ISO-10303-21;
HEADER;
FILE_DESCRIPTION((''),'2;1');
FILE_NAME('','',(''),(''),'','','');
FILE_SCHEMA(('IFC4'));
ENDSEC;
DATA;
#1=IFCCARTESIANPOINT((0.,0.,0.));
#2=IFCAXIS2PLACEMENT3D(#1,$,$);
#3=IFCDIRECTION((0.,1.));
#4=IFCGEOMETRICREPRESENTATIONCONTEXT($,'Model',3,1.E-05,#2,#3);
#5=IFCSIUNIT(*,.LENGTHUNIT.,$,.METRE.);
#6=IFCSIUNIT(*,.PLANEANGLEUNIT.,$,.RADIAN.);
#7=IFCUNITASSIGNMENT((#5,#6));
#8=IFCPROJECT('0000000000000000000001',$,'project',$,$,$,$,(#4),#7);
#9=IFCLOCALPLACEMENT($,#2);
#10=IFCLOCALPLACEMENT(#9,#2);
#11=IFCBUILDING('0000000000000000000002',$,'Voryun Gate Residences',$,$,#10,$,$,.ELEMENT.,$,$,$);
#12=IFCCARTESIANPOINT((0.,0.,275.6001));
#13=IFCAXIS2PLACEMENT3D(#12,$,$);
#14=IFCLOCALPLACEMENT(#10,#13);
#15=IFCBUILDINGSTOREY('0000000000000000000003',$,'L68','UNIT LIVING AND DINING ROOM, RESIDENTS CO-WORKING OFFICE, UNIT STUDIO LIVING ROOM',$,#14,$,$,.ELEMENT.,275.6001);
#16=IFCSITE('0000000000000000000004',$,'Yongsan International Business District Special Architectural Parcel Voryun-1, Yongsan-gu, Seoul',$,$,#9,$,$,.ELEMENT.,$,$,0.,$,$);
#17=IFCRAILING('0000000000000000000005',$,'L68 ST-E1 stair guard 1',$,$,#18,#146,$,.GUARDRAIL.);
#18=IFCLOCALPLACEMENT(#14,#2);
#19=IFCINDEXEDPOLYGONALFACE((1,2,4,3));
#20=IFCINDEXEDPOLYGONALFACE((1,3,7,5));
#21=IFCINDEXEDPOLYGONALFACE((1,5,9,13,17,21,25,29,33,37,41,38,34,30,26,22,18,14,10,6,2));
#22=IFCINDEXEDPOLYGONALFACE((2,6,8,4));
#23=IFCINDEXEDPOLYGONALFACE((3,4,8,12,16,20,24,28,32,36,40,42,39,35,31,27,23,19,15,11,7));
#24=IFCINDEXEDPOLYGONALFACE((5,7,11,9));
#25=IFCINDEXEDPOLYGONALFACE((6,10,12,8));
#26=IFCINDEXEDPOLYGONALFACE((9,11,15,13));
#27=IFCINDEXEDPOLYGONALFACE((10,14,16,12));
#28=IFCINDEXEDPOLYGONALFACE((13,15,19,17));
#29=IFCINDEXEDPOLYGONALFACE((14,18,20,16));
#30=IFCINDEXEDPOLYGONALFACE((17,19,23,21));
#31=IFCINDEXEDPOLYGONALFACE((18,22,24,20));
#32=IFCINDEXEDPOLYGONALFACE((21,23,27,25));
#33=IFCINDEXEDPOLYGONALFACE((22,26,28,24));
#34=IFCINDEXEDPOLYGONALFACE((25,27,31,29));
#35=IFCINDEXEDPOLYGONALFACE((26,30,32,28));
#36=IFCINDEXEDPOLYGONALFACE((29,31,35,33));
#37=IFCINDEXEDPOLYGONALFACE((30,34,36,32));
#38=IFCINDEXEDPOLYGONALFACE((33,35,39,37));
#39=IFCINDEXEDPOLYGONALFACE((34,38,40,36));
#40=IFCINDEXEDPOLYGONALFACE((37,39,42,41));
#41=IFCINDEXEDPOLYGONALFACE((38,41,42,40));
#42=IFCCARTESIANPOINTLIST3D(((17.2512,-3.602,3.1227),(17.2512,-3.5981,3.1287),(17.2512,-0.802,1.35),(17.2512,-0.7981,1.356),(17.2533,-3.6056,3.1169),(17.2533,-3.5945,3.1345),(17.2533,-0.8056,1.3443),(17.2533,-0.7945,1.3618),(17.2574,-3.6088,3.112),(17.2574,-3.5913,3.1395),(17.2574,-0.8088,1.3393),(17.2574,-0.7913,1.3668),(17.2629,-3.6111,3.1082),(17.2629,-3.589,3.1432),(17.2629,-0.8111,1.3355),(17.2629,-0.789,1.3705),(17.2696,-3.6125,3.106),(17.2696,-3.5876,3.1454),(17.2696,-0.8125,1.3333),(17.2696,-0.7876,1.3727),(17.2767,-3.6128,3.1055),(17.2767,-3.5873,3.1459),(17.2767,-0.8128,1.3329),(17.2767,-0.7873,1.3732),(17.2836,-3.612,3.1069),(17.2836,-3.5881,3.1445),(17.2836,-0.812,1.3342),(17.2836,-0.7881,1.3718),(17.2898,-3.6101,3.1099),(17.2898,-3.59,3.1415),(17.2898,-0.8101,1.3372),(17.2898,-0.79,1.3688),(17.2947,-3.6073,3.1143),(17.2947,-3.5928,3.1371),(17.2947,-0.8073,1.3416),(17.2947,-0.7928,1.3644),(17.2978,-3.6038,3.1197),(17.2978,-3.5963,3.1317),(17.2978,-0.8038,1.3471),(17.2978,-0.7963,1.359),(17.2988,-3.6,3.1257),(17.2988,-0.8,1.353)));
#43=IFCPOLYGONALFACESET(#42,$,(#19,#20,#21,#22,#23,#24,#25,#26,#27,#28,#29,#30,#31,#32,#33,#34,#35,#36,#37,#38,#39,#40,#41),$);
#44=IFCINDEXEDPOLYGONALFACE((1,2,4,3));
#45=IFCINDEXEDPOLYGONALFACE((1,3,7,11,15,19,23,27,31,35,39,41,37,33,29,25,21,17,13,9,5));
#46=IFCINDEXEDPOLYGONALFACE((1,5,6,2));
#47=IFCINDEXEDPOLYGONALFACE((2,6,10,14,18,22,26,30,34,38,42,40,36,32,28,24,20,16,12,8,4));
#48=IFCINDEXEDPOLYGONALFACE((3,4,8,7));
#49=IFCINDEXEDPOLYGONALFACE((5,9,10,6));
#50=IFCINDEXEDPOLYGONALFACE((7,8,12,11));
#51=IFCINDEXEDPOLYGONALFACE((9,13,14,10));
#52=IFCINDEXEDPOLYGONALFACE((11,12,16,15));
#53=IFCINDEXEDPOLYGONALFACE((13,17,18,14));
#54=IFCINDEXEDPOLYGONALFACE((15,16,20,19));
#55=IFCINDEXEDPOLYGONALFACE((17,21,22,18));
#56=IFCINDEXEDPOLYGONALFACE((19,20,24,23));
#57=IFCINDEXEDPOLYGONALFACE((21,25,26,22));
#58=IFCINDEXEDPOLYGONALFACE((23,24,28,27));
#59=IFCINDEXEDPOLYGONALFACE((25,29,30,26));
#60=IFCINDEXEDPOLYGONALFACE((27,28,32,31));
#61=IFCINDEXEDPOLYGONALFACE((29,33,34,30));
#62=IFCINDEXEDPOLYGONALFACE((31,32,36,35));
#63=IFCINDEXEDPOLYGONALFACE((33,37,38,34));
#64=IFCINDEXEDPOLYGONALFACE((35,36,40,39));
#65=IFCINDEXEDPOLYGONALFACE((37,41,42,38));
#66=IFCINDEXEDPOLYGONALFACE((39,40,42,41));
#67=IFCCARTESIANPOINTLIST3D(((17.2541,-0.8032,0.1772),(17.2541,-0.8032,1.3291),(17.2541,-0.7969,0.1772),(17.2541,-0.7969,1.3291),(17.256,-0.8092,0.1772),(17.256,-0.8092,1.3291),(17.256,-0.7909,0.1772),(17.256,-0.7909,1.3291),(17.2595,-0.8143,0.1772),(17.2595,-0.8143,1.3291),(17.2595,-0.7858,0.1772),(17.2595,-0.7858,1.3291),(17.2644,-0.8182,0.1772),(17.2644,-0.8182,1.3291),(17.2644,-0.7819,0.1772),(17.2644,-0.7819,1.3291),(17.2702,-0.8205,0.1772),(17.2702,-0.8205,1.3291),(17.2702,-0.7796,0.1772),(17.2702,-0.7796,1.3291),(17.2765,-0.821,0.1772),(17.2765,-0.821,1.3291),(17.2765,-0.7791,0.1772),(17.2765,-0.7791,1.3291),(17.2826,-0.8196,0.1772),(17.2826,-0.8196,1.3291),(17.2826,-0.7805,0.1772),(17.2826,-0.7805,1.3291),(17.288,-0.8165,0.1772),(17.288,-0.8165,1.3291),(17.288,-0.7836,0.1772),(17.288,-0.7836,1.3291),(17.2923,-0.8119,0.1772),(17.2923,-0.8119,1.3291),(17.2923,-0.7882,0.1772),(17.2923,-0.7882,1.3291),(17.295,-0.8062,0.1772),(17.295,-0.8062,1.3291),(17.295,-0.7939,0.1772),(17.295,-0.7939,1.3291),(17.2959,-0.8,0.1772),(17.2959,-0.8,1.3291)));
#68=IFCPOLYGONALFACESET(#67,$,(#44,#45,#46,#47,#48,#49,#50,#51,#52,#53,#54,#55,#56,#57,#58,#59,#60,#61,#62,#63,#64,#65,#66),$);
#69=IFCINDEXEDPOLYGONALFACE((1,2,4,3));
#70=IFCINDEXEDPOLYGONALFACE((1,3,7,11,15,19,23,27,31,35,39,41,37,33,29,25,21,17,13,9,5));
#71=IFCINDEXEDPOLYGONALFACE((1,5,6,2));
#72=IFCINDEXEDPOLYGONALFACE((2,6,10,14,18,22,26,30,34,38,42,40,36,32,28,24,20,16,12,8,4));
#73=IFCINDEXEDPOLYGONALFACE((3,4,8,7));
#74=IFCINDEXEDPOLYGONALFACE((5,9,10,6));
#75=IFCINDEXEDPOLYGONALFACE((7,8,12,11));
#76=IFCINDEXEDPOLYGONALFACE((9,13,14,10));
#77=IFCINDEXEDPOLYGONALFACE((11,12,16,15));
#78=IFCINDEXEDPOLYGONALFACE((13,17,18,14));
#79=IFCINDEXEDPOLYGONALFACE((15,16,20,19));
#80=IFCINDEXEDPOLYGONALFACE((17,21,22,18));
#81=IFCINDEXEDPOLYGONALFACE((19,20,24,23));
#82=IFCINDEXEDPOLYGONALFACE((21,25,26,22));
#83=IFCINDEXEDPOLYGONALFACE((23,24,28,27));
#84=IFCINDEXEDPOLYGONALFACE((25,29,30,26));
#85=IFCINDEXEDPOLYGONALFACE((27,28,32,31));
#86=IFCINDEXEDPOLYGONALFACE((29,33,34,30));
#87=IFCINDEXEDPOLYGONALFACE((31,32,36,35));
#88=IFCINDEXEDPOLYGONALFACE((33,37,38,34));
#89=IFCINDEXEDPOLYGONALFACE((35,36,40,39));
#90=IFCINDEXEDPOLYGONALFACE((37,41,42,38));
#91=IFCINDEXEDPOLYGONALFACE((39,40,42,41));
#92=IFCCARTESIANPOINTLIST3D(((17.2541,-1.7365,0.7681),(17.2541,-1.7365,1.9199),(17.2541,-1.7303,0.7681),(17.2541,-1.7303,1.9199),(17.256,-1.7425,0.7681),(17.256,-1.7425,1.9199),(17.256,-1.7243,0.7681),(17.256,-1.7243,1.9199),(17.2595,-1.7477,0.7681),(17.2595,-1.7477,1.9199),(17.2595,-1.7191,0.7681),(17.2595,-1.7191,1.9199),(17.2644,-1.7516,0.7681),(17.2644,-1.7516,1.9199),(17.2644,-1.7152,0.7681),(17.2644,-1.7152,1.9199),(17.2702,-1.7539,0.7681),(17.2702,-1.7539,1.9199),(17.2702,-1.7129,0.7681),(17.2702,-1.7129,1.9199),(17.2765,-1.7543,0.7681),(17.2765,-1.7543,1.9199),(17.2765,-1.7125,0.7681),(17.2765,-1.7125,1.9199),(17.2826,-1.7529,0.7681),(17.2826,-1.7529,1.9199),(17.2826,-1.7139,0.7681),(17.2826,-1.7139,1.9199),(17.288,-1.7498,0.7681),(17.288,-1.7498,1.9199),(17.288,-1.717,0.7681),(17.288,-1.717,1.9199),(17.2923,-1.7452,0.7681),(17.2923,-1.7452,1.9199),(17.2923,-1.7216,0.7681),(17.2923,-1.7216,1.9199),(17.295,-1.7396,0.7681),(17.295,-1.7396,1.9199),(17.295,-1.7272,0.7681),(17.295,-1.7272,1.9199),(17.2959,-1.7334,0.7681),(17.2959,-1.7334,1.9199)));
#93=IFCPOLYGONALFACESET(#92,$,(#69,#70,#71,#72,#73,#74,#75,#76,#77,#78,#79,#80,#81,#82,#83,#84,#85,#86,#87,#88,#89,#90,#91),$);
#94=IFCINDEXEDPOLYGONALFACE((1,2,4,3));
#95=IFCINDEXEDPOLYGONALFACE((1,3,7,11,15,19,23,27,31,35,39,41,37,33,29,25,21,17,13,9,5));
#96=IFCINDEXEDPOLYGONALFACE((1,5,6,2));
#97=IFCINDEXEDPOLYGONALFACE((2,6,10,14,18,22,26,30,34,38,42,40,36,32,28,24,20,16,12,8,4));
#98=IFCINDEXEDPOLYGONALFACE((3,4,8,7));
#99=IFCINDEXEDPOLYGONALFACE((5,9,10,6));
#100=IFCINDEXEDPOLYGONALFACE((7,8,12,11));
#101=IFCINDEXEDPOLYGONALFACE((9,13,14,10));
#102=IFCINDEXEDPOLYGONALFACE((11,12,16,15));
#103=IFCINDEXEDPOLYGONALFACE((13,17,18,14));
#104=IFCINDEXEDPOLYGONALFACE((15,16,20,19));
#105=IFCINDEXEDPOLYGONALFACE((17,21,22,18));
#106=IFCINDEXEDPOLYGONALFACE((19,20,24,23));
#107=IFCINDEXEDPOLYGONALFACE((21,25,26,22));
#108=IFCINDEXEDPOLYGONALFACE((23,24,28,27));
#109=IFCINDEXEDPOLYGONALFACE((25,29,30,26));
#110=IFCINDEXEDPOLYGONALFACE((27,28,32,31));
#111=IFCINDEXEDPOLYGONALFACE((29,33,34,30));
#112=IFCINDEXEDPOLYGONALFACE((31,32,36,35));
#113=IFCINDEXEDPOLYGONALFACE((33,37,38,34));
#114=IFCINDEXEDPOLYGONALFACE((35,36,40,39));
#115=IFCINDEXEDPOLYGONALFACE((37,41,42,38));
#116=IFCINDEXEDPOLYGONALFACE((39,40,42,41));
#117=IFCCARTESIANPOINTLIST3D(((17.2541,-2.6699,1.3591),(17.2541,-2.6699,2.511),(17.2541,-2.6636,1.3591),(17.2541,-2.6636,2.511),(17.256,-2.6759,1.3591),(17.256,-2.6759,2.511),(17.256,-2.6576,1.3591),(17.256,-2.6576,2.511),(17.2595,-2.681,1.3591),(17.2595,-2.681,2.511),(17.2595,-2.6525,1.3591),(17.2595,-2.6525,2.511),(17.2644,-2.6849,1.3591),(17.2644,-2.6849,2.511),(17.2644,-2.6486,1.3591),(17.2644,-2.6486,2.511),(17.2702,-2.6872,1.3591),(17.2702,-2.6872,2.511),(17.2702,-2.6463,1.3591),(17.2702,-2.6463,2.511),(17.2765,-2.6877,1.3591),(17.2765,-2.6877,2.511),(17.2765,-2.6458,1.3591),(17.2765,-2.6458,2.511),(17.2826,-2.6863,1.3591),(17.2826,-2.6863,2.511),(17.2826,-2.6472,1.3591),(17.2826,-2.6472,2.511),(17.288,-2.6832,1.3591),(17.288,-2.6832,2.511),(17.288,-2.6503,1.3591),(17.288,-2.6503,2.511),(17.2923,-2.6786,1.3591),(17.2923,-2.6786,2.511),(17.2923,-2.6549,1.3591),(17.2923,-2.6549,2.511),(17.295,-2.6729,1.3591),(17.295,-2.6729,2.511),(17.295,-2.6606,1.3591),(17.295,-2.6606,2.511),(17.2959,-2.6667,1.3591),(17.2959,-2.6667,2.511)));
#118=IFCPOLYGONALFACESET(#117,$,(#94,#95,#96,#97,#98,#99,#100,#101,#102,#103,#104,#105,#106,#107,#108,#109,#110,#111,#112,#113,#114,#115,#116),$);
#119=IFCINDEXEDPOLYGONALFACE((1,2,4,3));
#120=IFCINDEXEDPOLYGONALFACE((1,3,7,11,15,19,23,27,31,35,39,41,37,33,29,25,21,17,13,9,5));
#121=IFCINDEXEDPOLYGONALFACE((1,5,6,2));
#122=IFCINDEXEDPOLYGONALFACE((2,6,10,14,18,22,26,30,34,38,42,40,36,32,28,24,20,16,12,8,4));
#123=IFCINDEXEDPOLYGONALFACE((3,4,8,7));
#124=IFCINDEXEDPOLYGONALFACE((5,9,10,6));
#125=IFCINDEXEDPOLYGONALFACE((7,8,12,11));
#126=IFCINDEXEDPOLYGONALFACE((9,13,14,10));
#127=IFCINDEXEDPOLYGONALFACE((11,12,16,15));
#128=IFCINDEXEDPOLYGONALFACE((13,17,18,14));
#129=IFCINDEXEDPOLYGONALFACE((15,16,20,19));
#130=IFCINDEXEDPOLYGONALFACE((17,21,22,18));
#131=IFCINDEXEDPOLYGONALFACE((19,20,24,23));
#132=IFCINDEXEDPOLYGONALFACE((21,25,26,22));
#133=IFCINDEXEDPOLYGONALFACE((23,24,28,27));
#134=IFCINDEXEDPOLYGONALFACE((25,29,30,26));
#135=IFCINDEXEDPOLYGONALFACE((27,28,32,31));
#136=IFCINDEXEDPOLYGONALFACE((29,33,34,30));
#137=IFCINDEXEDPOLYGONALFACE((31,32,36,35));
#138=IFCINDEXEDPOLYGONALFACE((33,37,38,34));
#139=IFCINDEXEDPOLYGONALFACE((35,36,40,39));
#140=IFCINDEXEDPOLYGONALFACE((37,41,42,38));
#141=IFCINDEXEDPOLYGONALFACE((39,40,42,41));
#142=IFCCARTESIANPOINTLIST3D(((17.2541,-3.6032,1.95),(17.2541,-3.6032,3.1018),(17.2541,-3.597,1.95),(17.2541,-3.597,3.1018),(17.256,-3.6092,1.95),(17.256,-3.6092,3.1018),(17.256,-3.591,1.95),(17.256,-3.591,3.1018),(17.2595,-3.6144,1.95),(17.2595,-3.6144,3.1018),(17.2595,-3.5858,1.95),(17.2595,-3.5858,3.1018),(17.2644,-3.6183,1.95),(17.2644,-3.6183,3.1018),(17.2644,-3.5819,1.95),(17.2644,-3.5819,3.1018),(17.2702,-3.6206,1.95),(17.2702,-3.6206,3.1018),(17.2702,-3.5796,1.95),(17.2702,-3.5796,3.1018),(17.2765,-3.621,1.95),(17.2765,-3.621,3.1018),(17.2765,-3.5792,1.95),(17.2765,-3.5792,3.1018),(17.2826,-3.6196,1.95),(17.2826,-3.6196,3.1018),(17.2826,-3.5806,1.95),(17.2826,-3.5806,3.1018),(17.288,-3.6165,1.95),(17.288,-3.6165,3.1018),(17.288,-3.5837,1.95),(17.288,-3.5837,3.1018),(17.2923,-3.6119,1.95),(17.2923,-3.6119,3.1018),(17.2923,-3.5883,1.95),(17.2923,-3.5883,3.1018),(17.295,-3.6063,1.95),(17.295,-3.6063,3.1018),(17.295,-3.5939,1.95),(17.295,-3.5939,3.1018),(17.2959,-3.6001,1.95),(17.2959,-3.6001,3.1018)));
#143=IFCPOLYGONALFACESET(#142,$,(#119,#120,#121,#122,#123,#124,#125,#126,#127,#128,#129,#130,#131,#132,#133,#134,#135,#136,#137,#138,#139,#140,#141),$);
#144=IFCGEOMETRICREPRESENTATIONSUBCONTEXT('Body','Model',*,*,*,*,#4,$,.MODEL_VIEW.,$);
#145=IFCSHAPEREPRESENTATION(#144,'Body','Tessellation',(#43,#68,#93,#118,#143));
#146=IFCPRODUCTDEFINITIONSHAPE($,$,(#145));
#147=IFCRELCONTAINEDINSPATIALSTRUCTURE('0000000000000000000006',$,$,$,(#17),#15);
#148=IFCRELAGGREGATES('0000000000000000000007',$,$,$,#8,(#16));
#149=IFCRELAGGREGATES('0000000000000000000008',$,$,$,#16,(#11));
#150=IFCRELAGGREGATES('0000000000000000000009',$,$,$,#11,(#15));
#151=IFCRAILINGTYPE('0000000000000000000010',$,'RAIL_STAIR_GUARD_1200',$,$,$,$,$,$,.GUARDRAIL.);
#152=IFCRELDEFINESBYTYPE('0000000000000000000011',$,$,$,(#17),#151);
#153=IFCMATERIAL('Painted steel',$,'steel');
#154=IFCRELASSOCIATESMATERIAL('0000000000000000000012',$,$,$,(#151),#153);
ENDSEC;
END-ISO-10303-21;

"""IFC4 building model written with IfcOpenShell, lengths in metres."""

from ifc_helpers import new_model, si_unit, direction, frame, origin, origin_2d, place, context, subcontext, project, spatial, circle, extrude, material, type_object, element, save


model = new_model("IFC4")

# Units and contexts
model_context = context("Model", 3, precision=1e-05, world=origin(), true_north=direction((0.0, 1.0)))
body_context = subcontext(model_context, "Body", "Model", "MODEL_VIEW")
ifc_project = project(units=[si_unit("LENGTHUNIT", "METRE"), si_unit("PLANEANGLEUNIT", "RADIAN")], contexts=[model_context])

# Site, building, storey
site_placement = place(None, origin())
site = spatial("IfcSite", under=ifc_project, at=site_placement, Name="Yongsan International Business District Special Architectural Parcel Voryun-1, Yongsan-gu, Seoul", CompositionType="ELEMENT", RefElevation=0.0)
building_placement = place(site_placement, origin())
building = spatial("IfcBuilding", under=site, at=building_placement, Name="Voryun Gate Residences", CompositionType="ELEMENT")
storey_placement = place(building_placement, frame((0.0, 0.0, 275.6001)))
storey = spatial("IfcBuildingStorey", under=building, at=storey_placement, Name="L68", Description="UNIT LIVING AND DINING ROOM, RESIDENTS CO-WORKING OFFICE, UNIT STUDIO LIVING ROOM", CompositionType="ELEMENT", Elevation=275.6001)

# Railing
ifc_material_1 = material(Name="Painted steel", Category="steel")
railing_type_1 = type_object("IfcRailingType", Name="RAIL_STAIR_GUARD_1200", PredefinedType="GUARDRAIL", material=ifc_material_1)
railing_1_placement = place(storey_placement, frame((17.2749, -0.8, 0.1772)))
element("IfcRailing", 1, at=railing_1_placement, inside=storey, type_object=railing_type_1, Name="L68 ST-E1 stair guard 1", PredefinedType="GUARDRAIL", context=body_context, shape_type="SweptSolid", body=[
    extrude(circle(Radius=0.0239, at=origin_2d()), frame((0.0, 0.0, 1.1758), z_axis=(0.0, -0.844909, 0.53491), x_axis=(1.0, 0.0, 0.0)), (0.0, 0.0, 1.0), 3.314),
    extrude(circle(Radius=0.021, at=origin_2d()), origin(), (0.0, 0.0, 1.0), 1.1519),
    extrude(circle(Radius=0.021, at=origin_2d()), frame((0.0, -0.9333, 0.5908)), (0.0, 0.0, 1.0), 1.1519),
    extrude(circle(Radius=0.021, at=origin_2d()), frame((0.0, -1.8667, 1.1819)), (0.0, 0.0, 1.0), 1.1519),
    extrude(circle(Radius=0.021, at=origin_2d()), frame((0.0, -2.8, 1.7727)), (0.0, 0.0, 1.0), 1.1519),
])

save(model, "model.ifc")
